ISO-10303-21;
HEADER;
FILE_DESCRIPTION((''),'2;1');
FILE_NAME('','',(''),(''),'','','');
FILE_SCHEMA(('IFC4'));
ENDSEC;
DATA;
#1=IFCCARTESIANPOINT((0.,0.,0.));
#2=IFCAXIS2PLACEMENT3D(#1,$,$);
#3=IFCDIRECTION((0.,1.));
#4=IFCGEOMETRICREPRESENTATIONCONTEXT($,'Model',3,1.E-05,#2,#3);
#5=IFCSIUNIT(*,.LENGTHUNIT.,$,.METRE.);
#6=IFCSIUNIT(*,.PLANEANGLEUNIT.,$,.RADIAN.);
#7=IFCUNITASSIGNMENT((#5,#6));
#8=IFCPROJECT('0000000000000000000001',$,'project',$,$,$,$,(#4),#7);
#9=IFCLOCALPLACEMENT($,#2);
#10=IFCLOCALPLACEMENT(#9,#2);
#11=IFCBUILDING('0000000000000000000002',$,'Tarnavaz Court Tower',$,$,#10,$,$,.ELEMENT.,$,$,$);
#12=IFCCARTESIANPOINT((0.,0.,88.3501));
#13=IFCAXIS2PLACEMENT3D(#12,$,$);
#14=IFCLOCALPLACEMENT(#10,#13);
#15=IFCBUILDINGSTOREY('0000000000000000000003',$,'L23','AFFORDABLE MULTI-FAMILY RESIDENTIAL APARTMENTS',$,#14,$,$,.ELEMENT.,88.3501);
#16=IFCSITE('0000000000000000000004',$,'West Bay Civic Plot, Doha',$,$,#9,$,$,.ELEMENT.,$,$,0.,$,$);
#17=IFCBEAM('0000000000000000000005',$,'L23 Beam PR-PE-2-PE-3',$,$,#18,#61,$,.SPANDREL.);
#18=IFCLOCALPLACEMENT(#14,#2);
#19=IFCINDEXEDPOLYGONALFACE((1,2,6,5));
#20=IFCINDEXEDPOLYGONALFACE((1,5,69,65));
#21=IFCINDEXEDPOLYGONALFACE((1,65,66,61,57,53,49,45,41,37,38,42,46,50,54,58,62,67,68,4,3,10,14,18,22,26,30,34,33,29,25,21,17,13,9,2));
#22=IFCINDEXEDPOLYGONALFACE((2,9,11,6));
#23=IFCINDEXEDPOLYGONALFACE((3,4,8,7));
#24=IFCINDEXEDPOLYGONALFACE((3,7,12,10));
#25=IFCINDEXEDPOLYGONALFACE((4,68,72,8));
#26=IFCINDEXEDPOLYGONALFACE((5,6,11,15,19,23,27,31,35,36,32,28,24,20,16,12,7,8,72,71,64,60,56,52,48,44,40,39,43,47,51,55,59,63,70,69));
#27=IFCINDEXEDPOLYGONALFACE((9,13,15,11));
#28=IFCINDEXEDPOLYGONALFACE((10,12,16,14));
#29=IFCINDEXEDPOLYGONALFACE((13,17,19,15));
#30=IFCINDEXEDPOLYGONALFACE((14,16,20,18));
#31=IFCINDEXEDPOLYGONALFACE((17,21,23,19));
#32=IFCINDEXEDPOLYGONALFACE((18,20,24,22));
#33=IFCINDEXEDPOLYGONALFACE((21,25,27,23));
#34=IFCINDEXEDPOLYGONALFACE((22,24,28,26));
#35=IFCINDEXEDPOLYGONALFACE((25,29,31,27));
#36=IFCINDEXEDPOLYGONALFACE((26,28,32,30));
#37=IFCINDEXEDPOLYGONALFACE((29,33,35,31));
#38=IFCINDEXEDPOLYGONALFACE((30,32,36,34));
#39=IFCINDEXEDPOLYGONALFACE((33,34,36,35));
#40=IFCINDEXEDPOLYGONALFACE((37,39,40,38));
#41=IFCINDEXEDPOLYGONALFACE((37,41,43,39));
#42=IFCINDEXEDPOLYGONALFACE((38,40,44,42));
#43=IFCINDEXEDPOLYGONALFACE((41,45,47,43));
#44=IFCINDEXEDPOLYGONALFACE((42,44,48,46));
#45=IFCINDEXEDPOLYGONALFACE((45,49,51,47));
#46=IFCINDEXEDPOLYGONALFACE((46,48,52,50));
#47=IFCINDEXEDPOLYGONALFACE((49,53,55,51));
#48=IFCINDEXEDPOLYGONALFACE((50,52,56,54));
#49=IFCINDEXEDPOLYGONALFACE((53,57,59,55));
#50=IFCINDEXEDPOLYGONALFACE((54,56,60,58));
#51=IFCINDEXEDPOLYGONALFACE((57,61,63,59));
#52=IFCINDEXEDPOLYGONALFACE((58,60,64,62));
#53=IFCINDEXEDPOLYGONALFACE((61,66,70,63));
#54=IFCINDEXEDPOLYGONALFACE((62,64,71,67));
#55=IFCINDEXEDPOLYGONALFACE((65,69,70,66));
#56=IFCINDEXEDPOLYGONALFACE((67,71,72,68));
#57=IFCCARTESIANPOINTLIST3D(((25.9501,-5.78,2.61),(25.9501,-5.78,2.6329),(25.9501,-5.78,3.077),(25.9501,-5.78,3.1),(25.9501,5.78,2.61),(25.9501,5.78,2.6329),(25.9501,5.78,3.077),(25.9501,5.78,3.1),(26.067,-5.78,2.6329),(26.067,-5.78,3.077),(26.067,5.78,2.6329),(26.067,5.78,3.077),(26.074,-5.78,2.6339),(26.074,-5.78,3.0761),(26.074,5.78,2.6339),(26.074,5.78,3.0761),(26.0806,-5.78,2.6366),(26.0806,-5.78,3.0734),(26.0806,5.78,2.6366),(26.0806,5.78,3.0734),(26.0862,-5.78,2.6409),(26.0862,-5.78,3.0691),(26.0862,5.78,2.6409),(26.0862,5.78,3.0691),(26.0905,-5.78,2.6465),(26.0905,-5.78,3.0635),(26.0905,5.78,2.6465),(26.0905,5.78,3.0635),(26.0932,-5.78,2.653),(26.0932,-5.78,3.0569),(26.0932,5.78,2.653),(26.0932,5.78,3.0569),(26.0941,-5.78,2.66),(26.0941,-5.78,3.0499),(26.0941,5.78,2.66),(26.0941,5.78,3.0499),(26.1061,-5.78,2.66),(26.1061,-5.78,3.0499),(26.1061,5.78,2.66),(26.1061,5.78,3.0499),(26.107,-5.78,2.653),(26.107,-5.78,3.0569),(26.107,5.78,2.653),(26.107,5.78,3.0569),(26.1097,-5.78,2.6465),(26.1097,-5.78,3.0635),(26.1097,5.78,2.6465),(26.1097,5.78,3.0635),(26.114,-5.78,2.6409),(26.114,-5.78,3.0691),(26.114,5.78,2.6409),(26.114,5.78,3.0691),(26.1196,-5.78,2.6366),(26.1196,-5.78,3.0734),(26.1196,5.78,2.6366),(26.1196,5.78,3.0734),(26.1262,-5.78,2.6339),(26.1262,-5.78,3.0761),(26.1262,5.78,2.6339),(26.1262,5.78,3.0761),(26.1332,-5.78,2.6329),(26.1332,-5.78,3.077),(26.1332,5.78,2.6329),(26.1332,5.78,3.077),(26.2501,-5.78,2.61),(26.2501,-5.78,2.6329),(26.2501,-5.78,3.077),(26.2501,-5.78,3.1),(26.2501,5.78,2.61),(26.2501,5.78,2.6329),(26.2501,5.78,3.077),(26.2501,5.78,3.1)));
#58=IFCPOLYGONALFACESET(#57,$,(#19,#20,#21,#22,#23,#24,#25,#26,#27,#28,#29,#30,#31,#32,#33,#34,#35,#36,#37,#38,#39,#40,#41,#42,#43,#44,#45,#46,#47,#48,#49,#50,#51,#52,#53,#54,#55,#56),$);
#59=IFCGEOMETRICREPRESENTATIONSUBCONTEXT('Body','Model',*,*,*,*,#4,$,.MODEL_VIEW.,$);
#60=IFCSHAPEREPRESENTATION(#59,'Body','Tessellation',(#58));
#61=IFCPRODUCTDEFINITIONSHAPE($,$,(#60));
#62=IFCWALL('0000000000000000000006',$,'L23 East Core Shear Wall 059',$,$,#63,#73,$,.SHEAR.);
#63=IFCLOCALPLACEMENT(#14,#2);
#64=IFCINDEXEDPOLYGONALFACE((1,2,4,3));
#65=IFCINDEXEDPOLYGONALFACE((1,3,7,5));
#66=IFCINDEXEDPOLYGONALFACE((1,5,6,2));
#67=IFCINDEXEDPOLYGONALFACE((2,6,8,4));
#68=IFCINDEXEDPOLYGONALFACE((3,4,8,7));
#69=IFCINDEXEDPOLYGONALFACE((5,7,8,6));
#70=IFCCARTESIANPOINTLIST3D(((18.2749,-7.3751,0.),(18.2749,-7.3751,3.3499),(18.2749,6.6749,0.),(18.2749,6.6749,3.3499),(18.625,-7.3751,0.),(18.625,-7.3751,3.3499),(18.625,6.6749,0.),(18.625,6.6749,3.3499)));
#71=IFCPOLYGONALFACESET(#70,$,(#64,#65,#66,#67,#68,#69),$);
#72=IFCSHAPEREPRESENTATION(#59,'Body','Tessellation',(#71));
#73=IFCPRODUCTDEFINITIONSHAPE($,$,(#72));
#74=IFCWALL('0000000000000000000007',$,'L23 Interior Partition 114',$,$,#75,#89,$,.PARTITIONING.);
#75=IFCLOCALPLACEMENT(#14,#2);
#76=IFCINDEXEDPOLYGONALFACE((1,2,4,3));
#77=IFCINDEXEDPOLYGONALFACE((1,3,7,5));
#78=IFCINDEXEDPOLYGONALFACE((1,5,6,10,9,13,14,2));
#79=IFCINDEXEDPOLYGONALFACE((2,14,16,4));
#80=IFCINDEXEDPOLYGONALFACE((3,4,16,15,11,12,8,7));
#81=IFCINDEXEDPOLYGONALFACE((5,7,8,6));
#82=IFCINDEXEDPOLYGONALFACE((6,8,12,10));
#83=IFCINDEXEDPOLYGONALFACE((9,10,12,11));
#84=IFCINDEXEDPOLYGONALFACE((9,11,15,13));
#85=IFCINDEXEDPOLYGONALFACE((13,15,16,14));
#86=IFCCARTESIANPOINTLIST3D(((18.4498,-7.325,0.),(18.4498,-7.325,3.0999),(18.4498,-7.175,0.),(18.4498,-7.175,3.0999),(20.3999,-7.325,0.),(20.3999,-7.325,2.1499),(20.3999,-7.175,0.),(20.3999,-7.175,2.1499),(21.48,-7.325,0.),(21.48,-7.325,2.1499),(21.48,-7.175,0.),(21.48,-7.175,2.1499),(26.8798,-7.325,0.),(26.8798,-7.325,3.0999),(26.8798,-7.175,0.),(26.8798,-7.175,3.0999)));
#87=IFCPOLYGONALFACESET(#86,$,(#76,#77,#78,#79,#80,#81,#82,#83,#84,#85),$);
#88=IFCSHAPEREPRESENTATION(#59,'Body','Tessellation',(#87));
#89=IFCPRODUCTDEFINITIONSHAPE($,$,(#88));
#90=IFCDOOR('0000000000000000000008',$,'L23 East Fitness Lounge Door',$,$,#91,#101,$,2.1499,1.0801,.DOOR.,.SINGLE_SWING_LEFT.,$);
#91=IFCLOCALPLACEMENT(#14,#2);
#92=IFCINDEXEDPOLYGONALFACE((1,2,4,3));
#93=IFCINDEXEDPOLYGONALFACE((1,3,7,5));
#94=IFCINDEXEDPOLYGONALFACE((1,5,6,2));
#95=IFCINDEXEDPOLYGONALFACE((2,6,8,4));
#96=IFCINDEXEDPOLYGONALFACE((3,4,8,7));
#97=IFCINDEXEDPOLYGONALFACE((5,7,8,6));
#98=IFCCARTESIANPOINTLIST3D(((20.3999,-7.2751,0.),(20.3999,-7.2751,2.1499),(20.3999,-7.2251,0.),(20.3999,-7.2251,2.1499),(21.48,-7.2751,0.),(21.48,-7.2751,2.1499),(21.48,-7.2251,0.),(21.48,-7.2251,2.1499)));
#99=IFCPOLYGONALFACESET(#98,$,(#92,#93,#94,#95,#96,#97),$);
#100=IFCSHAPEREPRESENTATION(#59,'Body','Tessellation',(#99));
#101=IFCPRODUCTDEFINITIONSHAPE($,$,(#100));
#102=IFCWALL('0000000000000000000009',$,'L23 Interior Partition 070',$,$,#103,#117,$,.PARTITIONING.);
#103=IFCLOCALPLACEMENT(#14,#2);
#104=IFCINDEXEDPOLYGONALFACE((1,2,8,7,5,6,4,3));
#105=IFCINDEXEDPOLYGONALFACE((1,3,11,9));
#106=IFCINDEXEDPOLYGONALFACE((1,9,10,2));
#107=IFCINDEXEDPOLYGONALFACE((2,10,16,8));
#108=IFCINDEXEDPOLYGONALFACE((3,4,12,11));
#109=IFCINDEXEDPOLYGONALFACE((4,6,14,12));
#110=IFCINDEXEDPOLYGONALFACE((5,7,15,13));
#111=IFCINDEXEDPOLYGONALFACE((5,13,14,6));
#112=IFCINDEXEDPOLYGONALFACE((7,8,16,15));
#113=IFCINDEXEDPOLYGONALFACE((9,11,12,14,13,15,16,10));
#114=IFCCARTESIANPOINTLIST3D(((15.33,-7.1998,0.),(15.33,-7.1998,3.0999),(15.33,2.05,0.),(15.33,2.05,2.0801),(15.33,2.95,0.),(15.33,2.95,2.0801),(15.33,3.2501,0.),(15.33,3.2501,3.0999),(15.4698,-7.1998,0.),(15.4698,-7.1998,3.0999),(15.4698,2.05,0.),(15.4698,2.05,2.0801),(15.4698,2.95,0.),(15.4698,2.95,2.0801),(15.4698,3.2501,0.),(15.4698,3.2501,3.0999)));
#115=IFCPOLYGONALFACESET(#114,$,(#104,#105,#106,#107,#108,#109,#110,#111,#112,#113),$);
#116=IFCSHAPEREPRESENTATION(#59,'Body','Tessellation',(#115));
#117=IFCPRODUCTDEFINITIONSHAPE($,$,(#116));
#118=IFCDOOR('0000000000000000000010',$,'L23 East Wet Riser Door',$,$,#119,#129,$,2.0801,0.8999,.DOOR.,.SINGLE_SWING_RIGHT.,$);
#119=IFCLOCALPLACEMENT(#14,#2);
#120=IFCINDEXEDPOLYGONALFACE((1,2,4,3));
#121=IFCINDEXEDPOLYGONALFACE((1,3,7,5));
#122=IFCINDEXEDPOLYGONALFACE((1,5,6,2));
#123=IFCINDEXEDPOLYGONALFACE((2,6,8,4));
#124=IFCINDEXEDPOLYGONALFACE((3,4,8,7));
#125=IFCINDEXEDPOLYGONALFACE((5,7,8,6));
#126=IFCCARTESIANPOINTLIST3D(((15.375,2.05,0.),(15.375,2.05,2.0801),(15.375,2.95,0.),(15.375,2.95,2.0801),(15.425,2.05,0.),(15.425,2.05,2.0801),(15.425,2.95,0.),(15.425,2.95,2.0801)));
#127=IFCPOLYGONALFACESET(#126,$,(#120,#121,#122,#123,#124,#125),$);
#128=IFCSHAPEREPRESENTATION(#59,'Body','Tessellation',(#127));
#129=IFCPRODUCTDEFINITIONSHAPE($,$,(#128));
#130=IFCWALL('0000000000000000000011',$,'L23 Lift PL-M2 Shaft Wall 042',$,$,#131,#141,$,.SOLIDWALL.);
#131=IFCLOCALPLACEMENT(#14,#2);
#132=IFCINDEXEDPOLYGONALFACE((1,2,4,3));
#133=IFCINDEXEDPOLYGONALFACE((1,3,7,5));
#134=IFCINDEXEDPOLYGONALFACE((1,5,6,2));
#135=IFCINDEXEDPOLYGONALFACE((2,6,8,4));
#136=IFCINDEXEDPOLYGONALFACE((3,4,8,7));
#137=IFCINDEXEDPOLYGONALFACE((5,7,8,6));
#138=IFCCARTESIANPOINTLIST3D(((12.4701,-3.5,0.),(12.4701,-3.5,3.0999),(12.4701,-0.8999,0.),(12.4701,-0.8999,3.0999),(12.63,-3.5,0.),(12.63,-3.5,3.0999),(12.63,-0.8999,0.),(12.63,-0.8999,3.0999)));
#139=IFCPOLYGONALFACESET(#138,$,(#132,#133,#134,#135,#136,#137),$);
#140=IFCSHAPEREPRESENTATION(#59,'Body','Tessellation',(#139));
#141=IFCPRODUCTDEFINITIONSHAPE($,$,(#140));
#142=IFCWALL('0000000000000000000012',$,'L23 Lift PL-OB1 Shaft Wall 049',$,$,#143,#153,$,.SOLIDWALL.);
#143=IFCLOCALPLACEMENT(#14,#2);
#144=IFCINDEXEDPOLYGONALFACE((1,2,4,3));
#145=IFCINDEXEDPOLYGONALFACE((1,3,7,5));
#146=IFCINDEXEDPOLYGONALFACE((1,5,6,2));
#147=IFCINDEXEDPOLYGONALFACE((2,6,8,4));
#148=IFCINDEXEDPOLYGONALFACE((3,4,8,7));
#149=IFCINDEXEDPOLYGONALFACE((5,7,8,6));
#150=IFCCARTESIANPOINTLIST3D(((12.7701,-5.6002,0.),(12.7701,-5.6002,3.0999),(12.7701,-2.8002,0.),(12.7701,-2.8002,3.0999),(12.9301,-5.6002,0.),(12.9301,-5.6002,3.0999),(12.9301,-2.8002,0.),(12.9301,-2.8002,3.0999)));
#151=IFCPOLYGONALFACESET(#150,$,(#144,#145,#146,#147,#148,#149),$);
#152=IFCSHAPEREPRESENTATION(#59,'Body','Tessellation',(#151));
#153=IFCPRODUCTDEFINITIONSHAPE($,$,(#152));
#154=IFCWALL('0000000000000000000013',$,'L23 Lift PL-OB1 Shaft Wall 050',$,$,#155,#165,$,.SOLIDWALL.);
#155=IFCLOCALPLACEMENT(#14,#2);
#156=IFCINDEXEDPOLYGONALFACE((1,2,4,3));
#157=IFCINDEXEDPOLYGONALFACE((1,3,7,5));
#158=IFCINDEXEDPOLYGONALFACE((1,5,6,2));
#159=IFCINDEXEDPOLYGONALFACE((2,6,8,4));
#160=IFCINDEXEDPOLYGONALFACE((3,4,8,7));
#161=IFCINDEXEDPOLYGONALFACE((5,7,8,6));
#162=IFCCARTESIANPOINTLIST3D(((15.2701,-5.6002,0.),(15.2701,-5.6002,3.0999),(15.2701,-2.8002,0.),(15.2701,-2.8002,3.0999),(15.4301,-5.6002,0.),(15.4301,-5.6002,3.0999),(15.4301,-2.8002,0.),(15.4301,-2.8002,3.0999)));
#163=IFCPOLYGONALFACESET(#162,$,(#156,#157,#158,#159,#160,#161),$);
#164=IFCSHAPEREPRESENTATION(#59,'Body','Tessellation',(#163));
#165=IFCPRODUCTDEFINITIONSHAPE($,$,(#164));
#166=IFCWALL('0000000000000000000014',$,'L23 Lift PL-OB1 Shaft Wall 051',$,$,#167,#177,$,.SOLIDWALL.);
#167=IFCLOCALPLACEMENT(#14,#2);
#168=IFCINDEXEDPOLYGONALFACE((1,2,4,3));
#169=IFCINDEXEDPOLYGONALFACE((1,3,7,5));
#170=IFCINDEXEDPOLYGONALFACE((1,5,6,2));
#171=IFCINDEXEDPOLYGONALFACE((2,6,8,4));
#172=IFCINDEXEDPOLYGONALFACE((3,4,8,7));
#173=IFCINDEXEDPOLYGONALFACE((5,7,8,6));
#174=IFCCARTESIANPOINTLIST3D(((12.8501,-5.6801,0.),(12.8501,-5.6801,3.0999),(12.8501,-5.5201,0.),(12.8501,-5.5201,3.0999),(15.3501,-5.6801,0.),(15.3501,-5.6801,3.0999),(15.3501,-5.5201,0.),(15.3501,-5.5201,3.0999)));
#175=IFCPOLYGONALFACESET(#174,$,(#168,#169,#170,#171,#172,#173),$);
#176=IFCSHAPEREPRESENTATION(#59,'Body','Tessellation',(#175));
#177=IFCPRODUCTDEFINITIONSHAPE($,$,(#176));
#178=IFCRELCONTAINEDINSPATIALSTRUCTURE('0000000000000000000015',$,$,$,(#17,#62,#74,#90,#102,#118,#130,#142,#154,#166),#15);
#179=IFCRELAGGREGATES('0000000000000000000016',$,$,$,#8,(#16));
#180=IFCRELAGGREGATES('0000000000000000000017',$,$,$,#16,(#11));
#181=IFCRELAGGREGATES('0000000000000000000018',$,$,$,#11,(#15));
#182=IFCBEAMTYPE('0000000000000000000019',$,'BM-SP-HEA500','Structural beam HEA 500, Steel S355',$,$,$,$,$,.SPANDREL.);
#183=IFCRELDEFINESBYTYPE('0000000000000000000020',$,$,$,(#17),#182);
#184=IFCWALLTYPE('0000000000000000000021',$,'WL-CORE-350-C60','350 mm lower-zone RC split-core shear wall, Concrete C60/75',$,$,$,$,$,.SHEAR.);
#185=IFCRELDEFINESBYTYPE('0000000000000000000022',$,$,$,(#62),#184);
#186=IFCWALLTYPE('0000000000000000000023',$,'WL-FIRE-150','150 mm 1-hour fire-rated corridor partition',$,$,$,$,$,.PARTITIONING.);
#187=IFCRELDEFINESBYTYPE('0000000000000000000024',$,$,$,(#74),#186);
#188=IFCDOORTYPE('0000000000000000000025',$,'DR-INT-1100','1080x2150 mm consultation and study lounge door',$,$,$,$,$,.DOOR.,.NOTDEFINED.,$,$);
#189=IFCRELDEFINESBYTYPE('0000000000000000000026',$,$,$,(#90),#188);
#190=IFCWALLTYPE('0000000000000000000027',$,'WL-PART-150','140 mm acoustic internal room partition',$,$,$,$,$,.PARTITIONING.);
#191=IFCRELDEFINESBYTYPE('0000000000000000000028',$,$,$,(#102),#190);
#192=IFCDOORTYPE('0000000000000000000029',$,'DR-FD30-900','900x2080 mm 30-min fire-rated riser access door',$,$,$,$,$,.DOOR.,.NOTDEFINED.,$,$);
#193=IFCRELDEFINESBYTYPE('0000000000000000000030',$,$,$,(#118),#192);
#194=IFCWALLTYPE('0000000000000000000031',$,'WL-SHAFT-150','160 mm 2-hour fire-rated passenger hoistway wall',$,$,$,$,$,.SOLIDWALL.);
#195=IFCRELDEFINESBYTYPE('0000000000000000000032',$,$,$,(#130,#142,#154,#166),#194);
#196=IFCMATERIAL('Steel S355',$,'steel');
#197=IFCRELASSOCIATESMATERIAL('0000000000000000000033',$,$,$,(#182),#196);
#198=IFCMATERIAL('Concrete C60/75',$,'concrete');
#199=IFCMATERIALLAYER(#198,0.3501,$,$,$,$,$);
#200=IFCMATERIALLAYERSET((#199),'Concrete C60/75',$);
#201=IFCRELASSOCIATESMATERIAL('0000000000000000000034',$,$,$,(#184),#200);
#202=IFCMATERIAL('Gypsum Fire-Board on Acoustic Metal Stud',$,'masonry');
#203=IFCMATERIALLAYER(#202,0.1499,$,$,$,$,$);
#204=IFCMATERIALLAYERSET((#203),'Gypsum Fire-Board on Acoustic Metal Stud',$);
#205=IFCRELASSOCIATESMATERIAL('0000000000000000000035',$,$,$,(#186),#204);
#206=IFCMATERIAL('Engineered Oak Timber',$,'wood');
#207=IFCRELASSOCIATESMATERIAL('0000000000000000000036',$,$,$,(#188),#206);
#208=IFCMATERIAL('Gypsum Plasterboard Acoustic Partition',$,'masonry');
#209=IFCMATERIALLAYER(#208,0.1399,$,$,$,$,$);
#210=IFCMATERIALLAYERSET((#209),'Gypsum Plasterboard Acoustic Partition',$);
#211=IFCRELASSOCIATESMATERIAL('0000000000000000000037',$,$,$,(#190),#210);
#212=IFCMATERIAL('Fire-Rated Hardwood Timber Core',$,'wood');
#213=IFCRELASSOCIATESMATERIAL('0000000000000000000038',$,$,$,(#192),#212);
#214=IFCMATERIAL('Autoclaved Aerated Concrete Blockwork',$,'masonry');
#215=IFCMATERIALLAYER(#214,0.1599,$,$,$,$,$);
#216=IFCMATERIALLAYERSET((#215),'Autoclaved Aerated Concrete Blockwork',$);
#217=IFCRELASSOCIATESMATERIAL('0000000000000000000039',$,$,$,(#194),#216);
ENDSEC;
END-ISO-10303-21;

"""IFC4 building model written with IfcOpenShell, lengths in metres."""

from ifc_helpers import new_model, si_unit, direction, frame, frame_2d, origin, origin_2d, place, context, subcontext, project, spatial, rectangle, i_section, extrude, material, layer, layer_set, material_profile, profile_set, type_object, element, fill, save


model = new_model("IFC4")

# Units and contexts
model_context = context("Model", 3, precision=1e-05, world=origin(), true_north=direction((0.0, 1.0)))
body_context = subcontext(model_context, "Body", "Model", "MODEL_VIEW")
ifc_project = project(units=[si_unit("LENGTHUNIT", "METRE"), si_unit("PLANEANGLEUNIT", "RADIAN")], contexts=[model_context])

# Site, building, storey
site_placement = place(None, origin())
site = spatial("IfcSite", under=ifc_project, at=site_placement, Name="West Bay Civic Plot, Doha", CompositionType="ELEMENT", RefElevation=0.0)
building_placement = place(site_placement, origin())
building = spatial("IfcBuilding", under=site, at=building_placement, Name="Tarnavaz Court Tower", CompositionType="ELEMENT")
storey_placement = place(building_placement, frame((0.0, 0.0, 88.3501)))
storey = spatial("IfcBuildingStorey", under=building, at=storey_placement, Name="L23", Description="AFFORDABLE MULTI-FAMILY RESIDENTIAL APARTMENTS", CompositionType="ELEMENT", Elevation=88.3501)

# Shared definitions
ifc_material_1 = material(Name="Concrete C60/75", Category="concrete")

# Beam
ifc_material_2 = material(Name="Steel S355", Category="steel")
ifc_material_profile_1 = material_profile(ifc_material_2, i_section(OverallWidth=0.3, OverallDepth=0.49, WebThickness=0.012, FlangeThickness=0.0229, FilletRadius=0.0271, at=origin_2d()), Name="HEA 500")
ifc_profile_set_1 = profile_set([ifc_material_profile_1], Name="Steel S355")
beam_type_1 = type_object("IfcBeamType", Name="BM-SP-HEA500", Description="Structural beam HEA 500, Steel S355", PredefinedType="SPANDREL", material=ifc_profile_set_1)
beam_1_placement = place(storey_placement, frame((26.1001, -5.78, 2.855), z_axis=(0.0, 1.0, 0.0), x_axis=(-1.0, 0.0, 0.0)))
element("IfcBeam", 1, at=beam_1_placement, inside=storey, type_object=beam_type_1, Name="L23 Beam PR-PE-2-PE-3", PredefinedType="SPANDREL", context=body_context, shape_type="SweptSolid", body=[
    extrude(i_section(OverallWidth=0.3, OverallDepth=0.49, WebThickness=0.012, FlangeThickness=0.0229, FilletRadius=0.0271, at=origin_2d()), origin(), (0.0, 0.0, 1.0), 11.5601),
])

# Wall
ifc_layer_1 = layer(ifc_material_1, 0.3501)
ifc_layer_set_1 = layer_set([ifc_layer_1], Name="Concrete C60/75")
wall_type_1 = type_object("IfcWallType", Name="WL-CORE-350-C60", Description="350 mm lower-zone RC split-core shear wall, Concrete C60/75", PredefinedType="SHEAR", material=ifc_layer_set_1)
wall_1_placement = place(storey_placement, frame((18.45, -7.375, 0.0), z_axis=(0.0, 0.0, 1.0), x_axis=(0.0, 1.0, 0.0)))
element("IfcWall", 2, at=wall_1_placement, inside=storey, type_object=wall_type_1, Name="L23 East Core Shear Wall 059", PredefinedType="SHEAR", context=body_context, shape_type="SweptSolid", body=[
    extrude(rectangle(XDim=14.05, YDim=0.3501, at=frame_2d((7.0249, 0.0))), origin(), (0.0, 0.0, 1.0), 3.3499),
])

# Walls, openings, doors
ifc_material_3 = material(Name="Gypsum Fire-Board on Acoustic Metal Stud", Category="masonry")
ifc_layer_2 = layer(ifc_material_3, 0.1499)
ifc_layer_set_2 = layer_set([ifc_layer_2], Name="Gypsum Fire-Board on Acoustic Metal Stud")
wall_type_2 = type_object("IfcWallType", Name="WL-FIRE-150", Description="150 mm 1-hour fire-rated corridor partition", PredefinedType="PARTITIONING", material=ifc_layer_set_2)
wall_2_placement = place(storey_placement, frame((18.45, -7.25, 0.0), z_axis=(0.0, 0.0, 1.0), x_axis=(1.0, 0.0, 0.0)))
wall_2 = element("IfcWall", 3, at=wall_2_placement, inside=storey, type_object=wall_type_2, Name="L23 Interior Partition 114", PredefinedType="PARTITIONING", context=body_context, shape_type="SweptSolid", body=[
    extrude(rectangle(XDim=8.4299, YDim=0.1499, at=frame_2d((4.2148, 0.0))), origin(), (0.0, 0.0, 1.0), 3.0999),
])
opening_1_placement = place(wall_2_placement, frame((1.95, 0.0, 0.0)))
opening_1 = element("IfcOpeningElement", 4, at=opening_1_placement, cuts=wall_2, PredefinedType="OPENING", context=body_context, shape_type="SweptSolid", body=[
    extrude(rectangle(XDim=1.0801, YDim=2.1499, at=frame_2d((0.54, 1.075))), frame((0.0, 0.085, 0.0), z_axis=(0.0, -1.0, 0.0), x_axis=(1.0, 0.0, 0.0)), (0.0, 0.0, 1.0), 0.1699),
])
ifc_material_4 = material(Name="Engineered Oak Timber", Category="wood")
door_type_1 = type_object("IfcDoorType", Name="DR-INT-1100", Description="1080x2150 mm consultation and study lounge door", OperationType="NOTDEFINED", PredefinedType="DOOR", material=ifc_material_4)
door_1_placement = place(opening_1_placement, origin())
door_1 = element("IfcDoor", 5, at=door_1_placement, inside=storey, type_object=door_type_1, Name="L23 East Fitness Lounge Door", OperationType="SINGLE_SWING_LEFT", OverallHeight=2.1499, OverallWidth=1.0801, PredefinedType="DOOR", context=body_context, shape_type="SweptSolid", body=[
    extrude(rectangle(XDim=1.0801, YDim=2.1499, at=frame_2d((0.54, 1.075))), frame((0.0, 0.0249, 0.0), z_axis=(0.0, -1.0, 0.0), x_axis=(1.0, 0.0, 0.0)), (0.0, 0.0, 1.0), 0.05),
])
fill(opening_1, door_1)
ifc_material_5 = material(Name="Gypsum Plasterboard Acoustic Partition", Category="masonry")
ifc_layer_3 = layer(ifc_material_5, 0.1399)
ifc_layer_set_3 = layer_set([ifc_layer_3], Name="Gypsum Plasterboard Acoustic Partition")
wall_type_3 = type_object("IfcWallType", Name="WL-PART-150", Description="140 mm acoustic internal room partition", PredefinedType="PARTITIONING", material=ifc_layer_set_3)
wall_3_placement = place(storey_placement, frame((15.3999, -7.2, 0.0), z_axis=(0.0, 0.0, 1.0), x_axis=(0.0, 1.0, 0.0)))
wall_3 = element("IfcWall", 6, at=wall_3_placement, inside=storey, type_object=wall_type_3, Name="L23 Interior Partition 070", PredefinedType="PARTITIONING", context=body_context, shape_type="SweptSolid", body=[
    extrude(rectangle(XDim=10.45, YDim=0.1399, at=frame_2d((5.2251, 0.0))), origin(), (0.0, 0.0, 1.0), 3.0999),
])
opening_2_placement = place(wall_3_placement, frame((9.25, 0.0, 0.0)))
opening_2 = element("IfcOpeningElement", 7, at=opening_2_placement, cuts=wall_3, PredefinedType="OPENING", context=body_context, shape_type="SweptSolid", body=[
    extrude(rectangle(XDim=0.8999, YDim=2.0801, at=frame_2d((0.45, 1.04))), frame((0.0, 0.0798, 0.0), z_axis=(0.0, -1.0, 0.0), x_axis=(1.0, 0.0, 0.0)), (0.0, 0.0, 1.0), 0.1599),
])
ifc_material_6 = material(Name="Fire-Rated Hardwood Timber Core", Category="wood")
door_type_2 = type_object("IfcDoorType", Name="DR-FD30-900", Description="900x2080 mm 30-min fire-rated riser access door", OperationType="NOTDEFINED", PredefinedType="DOOR", material=ifc_material_6)
door_2_placement = place(opening_2_placement, origin())
door_2 = element("IfcDoor", 8, at=door_2_placement, inside=storey, type_object=door_type_2, Name="L23 East Wet Riser Door", OperationType="SINGLE_SWING_RIGHT", OverallHeight=2.0801, OverallWidth=0.8999, PredefinedType="DOOR", context=body_context, shape_type="SweptSolid", body=[
    extrude(rectangle(XDim=0.8999, YDim=2.0801, at=frame_2d((0.45, 1.04))), frame((0.0, 0.0249, 0.0), z_axis=(0.0, -1.0, 0.0), x_axis=(1.0, 0.0, 0.0)), (0.0, 0.0, 1.0), 0.05),
])
fill(opening_2, door_2)

# Walls
ifc_material_7 = material(Name="Autoclaved Aerated Concrete Blockwork", Category="masonry")
ifc_layer_4 = layer(ifc_material_7, 0.1599)
ifc_layer_set_4 = layer_set([ifc_layer_4], Name="Autoclaved Aerated Concrete Blockwork")
wall_type_4 = type_object("IfcWallType", Name="WL-SHAFT-150", Description="160 mm 2-hour fire-rated passenger hoistway wall", PredefinedType="SOLIDWALL", material=ifc_layer_set_4)
wall_4_placement = place(storey_placement, frame((12.55, -3.5, 0.0), z_axis=(0.0, 0.0, 1.0), x_axis=(0.0, 1.0, 0.0)))
element("IfcWall", 9, at=wall_4_placement, inside=storey, type_object=wall_type_4, Name="L23 Lift PL-M2 Shaft Wall 042", PredefinedType="SOLIDWALL", context=body_context, shape_type="SweptSolid", body=[
    extrude(rectangle(XDim=2.6001, YDim=0.1599, at=frame_2d((1.3, 0.0))), origin(), (0.0, 0.0, 1.0), 3.0999),
])
for number, where, z_axis, x_axis, name in (
    (10, (12.8501, -5.6001, 0.0), (0.0, 0.0, 1.0), (0.0, 1.0, 0.0), "L23 Lift PL-OB1 Shaft Wall 049"),
    (11, (15.3501, -5.6001, 0.0), (0.0, 0.0, 1.0), (0.0, 1.0, 0.0), "L23 Lift PL-OB1 Shaft Wall 050"),
):
    element("IfcWall", number, at=place(storey_placement, frame(where, z_axis=z_axis, x_axis=x_axis)), inside=storey, type_object=wall_type_4, Name=name, PredefinedType="SOLIDWALL", context=body_context, shape_type="SweptSolid", body=[
        extrude(rectangle(XDim=2.8, YDim=0.1599, at=frame_2d((1.3999, 0.0))), origin(), (0.0, 0.0, 1.0), 3.0999),
    ])
for number, where, z_axis, x_axis, name in (
    (12, (12.8501, -5.6001, 0.0), (0.0, 0.0, 1.0), (1.0, 0.0, 0.0), "L23 Lift PL-OB1 Shaft Wall 051"),
):
    element("IfcWall", number, at=place(storey_placement, frame(where, z_axis=z_axis, x_axis=x_axis)), inside=storey, type_object=wall_type_4, Name=name, PredefinedType="SOLIDWALL", context=body_context, shape_type="SweptSolid", body=[
        extrude(rectangle(XDim=2.5, YDim=0.1599, at=frame_2d((1.25, 0.0))), origin(), (0.0, 0.0, 1.0), 3.0999),
    ])

save(model, "model.ifc")
